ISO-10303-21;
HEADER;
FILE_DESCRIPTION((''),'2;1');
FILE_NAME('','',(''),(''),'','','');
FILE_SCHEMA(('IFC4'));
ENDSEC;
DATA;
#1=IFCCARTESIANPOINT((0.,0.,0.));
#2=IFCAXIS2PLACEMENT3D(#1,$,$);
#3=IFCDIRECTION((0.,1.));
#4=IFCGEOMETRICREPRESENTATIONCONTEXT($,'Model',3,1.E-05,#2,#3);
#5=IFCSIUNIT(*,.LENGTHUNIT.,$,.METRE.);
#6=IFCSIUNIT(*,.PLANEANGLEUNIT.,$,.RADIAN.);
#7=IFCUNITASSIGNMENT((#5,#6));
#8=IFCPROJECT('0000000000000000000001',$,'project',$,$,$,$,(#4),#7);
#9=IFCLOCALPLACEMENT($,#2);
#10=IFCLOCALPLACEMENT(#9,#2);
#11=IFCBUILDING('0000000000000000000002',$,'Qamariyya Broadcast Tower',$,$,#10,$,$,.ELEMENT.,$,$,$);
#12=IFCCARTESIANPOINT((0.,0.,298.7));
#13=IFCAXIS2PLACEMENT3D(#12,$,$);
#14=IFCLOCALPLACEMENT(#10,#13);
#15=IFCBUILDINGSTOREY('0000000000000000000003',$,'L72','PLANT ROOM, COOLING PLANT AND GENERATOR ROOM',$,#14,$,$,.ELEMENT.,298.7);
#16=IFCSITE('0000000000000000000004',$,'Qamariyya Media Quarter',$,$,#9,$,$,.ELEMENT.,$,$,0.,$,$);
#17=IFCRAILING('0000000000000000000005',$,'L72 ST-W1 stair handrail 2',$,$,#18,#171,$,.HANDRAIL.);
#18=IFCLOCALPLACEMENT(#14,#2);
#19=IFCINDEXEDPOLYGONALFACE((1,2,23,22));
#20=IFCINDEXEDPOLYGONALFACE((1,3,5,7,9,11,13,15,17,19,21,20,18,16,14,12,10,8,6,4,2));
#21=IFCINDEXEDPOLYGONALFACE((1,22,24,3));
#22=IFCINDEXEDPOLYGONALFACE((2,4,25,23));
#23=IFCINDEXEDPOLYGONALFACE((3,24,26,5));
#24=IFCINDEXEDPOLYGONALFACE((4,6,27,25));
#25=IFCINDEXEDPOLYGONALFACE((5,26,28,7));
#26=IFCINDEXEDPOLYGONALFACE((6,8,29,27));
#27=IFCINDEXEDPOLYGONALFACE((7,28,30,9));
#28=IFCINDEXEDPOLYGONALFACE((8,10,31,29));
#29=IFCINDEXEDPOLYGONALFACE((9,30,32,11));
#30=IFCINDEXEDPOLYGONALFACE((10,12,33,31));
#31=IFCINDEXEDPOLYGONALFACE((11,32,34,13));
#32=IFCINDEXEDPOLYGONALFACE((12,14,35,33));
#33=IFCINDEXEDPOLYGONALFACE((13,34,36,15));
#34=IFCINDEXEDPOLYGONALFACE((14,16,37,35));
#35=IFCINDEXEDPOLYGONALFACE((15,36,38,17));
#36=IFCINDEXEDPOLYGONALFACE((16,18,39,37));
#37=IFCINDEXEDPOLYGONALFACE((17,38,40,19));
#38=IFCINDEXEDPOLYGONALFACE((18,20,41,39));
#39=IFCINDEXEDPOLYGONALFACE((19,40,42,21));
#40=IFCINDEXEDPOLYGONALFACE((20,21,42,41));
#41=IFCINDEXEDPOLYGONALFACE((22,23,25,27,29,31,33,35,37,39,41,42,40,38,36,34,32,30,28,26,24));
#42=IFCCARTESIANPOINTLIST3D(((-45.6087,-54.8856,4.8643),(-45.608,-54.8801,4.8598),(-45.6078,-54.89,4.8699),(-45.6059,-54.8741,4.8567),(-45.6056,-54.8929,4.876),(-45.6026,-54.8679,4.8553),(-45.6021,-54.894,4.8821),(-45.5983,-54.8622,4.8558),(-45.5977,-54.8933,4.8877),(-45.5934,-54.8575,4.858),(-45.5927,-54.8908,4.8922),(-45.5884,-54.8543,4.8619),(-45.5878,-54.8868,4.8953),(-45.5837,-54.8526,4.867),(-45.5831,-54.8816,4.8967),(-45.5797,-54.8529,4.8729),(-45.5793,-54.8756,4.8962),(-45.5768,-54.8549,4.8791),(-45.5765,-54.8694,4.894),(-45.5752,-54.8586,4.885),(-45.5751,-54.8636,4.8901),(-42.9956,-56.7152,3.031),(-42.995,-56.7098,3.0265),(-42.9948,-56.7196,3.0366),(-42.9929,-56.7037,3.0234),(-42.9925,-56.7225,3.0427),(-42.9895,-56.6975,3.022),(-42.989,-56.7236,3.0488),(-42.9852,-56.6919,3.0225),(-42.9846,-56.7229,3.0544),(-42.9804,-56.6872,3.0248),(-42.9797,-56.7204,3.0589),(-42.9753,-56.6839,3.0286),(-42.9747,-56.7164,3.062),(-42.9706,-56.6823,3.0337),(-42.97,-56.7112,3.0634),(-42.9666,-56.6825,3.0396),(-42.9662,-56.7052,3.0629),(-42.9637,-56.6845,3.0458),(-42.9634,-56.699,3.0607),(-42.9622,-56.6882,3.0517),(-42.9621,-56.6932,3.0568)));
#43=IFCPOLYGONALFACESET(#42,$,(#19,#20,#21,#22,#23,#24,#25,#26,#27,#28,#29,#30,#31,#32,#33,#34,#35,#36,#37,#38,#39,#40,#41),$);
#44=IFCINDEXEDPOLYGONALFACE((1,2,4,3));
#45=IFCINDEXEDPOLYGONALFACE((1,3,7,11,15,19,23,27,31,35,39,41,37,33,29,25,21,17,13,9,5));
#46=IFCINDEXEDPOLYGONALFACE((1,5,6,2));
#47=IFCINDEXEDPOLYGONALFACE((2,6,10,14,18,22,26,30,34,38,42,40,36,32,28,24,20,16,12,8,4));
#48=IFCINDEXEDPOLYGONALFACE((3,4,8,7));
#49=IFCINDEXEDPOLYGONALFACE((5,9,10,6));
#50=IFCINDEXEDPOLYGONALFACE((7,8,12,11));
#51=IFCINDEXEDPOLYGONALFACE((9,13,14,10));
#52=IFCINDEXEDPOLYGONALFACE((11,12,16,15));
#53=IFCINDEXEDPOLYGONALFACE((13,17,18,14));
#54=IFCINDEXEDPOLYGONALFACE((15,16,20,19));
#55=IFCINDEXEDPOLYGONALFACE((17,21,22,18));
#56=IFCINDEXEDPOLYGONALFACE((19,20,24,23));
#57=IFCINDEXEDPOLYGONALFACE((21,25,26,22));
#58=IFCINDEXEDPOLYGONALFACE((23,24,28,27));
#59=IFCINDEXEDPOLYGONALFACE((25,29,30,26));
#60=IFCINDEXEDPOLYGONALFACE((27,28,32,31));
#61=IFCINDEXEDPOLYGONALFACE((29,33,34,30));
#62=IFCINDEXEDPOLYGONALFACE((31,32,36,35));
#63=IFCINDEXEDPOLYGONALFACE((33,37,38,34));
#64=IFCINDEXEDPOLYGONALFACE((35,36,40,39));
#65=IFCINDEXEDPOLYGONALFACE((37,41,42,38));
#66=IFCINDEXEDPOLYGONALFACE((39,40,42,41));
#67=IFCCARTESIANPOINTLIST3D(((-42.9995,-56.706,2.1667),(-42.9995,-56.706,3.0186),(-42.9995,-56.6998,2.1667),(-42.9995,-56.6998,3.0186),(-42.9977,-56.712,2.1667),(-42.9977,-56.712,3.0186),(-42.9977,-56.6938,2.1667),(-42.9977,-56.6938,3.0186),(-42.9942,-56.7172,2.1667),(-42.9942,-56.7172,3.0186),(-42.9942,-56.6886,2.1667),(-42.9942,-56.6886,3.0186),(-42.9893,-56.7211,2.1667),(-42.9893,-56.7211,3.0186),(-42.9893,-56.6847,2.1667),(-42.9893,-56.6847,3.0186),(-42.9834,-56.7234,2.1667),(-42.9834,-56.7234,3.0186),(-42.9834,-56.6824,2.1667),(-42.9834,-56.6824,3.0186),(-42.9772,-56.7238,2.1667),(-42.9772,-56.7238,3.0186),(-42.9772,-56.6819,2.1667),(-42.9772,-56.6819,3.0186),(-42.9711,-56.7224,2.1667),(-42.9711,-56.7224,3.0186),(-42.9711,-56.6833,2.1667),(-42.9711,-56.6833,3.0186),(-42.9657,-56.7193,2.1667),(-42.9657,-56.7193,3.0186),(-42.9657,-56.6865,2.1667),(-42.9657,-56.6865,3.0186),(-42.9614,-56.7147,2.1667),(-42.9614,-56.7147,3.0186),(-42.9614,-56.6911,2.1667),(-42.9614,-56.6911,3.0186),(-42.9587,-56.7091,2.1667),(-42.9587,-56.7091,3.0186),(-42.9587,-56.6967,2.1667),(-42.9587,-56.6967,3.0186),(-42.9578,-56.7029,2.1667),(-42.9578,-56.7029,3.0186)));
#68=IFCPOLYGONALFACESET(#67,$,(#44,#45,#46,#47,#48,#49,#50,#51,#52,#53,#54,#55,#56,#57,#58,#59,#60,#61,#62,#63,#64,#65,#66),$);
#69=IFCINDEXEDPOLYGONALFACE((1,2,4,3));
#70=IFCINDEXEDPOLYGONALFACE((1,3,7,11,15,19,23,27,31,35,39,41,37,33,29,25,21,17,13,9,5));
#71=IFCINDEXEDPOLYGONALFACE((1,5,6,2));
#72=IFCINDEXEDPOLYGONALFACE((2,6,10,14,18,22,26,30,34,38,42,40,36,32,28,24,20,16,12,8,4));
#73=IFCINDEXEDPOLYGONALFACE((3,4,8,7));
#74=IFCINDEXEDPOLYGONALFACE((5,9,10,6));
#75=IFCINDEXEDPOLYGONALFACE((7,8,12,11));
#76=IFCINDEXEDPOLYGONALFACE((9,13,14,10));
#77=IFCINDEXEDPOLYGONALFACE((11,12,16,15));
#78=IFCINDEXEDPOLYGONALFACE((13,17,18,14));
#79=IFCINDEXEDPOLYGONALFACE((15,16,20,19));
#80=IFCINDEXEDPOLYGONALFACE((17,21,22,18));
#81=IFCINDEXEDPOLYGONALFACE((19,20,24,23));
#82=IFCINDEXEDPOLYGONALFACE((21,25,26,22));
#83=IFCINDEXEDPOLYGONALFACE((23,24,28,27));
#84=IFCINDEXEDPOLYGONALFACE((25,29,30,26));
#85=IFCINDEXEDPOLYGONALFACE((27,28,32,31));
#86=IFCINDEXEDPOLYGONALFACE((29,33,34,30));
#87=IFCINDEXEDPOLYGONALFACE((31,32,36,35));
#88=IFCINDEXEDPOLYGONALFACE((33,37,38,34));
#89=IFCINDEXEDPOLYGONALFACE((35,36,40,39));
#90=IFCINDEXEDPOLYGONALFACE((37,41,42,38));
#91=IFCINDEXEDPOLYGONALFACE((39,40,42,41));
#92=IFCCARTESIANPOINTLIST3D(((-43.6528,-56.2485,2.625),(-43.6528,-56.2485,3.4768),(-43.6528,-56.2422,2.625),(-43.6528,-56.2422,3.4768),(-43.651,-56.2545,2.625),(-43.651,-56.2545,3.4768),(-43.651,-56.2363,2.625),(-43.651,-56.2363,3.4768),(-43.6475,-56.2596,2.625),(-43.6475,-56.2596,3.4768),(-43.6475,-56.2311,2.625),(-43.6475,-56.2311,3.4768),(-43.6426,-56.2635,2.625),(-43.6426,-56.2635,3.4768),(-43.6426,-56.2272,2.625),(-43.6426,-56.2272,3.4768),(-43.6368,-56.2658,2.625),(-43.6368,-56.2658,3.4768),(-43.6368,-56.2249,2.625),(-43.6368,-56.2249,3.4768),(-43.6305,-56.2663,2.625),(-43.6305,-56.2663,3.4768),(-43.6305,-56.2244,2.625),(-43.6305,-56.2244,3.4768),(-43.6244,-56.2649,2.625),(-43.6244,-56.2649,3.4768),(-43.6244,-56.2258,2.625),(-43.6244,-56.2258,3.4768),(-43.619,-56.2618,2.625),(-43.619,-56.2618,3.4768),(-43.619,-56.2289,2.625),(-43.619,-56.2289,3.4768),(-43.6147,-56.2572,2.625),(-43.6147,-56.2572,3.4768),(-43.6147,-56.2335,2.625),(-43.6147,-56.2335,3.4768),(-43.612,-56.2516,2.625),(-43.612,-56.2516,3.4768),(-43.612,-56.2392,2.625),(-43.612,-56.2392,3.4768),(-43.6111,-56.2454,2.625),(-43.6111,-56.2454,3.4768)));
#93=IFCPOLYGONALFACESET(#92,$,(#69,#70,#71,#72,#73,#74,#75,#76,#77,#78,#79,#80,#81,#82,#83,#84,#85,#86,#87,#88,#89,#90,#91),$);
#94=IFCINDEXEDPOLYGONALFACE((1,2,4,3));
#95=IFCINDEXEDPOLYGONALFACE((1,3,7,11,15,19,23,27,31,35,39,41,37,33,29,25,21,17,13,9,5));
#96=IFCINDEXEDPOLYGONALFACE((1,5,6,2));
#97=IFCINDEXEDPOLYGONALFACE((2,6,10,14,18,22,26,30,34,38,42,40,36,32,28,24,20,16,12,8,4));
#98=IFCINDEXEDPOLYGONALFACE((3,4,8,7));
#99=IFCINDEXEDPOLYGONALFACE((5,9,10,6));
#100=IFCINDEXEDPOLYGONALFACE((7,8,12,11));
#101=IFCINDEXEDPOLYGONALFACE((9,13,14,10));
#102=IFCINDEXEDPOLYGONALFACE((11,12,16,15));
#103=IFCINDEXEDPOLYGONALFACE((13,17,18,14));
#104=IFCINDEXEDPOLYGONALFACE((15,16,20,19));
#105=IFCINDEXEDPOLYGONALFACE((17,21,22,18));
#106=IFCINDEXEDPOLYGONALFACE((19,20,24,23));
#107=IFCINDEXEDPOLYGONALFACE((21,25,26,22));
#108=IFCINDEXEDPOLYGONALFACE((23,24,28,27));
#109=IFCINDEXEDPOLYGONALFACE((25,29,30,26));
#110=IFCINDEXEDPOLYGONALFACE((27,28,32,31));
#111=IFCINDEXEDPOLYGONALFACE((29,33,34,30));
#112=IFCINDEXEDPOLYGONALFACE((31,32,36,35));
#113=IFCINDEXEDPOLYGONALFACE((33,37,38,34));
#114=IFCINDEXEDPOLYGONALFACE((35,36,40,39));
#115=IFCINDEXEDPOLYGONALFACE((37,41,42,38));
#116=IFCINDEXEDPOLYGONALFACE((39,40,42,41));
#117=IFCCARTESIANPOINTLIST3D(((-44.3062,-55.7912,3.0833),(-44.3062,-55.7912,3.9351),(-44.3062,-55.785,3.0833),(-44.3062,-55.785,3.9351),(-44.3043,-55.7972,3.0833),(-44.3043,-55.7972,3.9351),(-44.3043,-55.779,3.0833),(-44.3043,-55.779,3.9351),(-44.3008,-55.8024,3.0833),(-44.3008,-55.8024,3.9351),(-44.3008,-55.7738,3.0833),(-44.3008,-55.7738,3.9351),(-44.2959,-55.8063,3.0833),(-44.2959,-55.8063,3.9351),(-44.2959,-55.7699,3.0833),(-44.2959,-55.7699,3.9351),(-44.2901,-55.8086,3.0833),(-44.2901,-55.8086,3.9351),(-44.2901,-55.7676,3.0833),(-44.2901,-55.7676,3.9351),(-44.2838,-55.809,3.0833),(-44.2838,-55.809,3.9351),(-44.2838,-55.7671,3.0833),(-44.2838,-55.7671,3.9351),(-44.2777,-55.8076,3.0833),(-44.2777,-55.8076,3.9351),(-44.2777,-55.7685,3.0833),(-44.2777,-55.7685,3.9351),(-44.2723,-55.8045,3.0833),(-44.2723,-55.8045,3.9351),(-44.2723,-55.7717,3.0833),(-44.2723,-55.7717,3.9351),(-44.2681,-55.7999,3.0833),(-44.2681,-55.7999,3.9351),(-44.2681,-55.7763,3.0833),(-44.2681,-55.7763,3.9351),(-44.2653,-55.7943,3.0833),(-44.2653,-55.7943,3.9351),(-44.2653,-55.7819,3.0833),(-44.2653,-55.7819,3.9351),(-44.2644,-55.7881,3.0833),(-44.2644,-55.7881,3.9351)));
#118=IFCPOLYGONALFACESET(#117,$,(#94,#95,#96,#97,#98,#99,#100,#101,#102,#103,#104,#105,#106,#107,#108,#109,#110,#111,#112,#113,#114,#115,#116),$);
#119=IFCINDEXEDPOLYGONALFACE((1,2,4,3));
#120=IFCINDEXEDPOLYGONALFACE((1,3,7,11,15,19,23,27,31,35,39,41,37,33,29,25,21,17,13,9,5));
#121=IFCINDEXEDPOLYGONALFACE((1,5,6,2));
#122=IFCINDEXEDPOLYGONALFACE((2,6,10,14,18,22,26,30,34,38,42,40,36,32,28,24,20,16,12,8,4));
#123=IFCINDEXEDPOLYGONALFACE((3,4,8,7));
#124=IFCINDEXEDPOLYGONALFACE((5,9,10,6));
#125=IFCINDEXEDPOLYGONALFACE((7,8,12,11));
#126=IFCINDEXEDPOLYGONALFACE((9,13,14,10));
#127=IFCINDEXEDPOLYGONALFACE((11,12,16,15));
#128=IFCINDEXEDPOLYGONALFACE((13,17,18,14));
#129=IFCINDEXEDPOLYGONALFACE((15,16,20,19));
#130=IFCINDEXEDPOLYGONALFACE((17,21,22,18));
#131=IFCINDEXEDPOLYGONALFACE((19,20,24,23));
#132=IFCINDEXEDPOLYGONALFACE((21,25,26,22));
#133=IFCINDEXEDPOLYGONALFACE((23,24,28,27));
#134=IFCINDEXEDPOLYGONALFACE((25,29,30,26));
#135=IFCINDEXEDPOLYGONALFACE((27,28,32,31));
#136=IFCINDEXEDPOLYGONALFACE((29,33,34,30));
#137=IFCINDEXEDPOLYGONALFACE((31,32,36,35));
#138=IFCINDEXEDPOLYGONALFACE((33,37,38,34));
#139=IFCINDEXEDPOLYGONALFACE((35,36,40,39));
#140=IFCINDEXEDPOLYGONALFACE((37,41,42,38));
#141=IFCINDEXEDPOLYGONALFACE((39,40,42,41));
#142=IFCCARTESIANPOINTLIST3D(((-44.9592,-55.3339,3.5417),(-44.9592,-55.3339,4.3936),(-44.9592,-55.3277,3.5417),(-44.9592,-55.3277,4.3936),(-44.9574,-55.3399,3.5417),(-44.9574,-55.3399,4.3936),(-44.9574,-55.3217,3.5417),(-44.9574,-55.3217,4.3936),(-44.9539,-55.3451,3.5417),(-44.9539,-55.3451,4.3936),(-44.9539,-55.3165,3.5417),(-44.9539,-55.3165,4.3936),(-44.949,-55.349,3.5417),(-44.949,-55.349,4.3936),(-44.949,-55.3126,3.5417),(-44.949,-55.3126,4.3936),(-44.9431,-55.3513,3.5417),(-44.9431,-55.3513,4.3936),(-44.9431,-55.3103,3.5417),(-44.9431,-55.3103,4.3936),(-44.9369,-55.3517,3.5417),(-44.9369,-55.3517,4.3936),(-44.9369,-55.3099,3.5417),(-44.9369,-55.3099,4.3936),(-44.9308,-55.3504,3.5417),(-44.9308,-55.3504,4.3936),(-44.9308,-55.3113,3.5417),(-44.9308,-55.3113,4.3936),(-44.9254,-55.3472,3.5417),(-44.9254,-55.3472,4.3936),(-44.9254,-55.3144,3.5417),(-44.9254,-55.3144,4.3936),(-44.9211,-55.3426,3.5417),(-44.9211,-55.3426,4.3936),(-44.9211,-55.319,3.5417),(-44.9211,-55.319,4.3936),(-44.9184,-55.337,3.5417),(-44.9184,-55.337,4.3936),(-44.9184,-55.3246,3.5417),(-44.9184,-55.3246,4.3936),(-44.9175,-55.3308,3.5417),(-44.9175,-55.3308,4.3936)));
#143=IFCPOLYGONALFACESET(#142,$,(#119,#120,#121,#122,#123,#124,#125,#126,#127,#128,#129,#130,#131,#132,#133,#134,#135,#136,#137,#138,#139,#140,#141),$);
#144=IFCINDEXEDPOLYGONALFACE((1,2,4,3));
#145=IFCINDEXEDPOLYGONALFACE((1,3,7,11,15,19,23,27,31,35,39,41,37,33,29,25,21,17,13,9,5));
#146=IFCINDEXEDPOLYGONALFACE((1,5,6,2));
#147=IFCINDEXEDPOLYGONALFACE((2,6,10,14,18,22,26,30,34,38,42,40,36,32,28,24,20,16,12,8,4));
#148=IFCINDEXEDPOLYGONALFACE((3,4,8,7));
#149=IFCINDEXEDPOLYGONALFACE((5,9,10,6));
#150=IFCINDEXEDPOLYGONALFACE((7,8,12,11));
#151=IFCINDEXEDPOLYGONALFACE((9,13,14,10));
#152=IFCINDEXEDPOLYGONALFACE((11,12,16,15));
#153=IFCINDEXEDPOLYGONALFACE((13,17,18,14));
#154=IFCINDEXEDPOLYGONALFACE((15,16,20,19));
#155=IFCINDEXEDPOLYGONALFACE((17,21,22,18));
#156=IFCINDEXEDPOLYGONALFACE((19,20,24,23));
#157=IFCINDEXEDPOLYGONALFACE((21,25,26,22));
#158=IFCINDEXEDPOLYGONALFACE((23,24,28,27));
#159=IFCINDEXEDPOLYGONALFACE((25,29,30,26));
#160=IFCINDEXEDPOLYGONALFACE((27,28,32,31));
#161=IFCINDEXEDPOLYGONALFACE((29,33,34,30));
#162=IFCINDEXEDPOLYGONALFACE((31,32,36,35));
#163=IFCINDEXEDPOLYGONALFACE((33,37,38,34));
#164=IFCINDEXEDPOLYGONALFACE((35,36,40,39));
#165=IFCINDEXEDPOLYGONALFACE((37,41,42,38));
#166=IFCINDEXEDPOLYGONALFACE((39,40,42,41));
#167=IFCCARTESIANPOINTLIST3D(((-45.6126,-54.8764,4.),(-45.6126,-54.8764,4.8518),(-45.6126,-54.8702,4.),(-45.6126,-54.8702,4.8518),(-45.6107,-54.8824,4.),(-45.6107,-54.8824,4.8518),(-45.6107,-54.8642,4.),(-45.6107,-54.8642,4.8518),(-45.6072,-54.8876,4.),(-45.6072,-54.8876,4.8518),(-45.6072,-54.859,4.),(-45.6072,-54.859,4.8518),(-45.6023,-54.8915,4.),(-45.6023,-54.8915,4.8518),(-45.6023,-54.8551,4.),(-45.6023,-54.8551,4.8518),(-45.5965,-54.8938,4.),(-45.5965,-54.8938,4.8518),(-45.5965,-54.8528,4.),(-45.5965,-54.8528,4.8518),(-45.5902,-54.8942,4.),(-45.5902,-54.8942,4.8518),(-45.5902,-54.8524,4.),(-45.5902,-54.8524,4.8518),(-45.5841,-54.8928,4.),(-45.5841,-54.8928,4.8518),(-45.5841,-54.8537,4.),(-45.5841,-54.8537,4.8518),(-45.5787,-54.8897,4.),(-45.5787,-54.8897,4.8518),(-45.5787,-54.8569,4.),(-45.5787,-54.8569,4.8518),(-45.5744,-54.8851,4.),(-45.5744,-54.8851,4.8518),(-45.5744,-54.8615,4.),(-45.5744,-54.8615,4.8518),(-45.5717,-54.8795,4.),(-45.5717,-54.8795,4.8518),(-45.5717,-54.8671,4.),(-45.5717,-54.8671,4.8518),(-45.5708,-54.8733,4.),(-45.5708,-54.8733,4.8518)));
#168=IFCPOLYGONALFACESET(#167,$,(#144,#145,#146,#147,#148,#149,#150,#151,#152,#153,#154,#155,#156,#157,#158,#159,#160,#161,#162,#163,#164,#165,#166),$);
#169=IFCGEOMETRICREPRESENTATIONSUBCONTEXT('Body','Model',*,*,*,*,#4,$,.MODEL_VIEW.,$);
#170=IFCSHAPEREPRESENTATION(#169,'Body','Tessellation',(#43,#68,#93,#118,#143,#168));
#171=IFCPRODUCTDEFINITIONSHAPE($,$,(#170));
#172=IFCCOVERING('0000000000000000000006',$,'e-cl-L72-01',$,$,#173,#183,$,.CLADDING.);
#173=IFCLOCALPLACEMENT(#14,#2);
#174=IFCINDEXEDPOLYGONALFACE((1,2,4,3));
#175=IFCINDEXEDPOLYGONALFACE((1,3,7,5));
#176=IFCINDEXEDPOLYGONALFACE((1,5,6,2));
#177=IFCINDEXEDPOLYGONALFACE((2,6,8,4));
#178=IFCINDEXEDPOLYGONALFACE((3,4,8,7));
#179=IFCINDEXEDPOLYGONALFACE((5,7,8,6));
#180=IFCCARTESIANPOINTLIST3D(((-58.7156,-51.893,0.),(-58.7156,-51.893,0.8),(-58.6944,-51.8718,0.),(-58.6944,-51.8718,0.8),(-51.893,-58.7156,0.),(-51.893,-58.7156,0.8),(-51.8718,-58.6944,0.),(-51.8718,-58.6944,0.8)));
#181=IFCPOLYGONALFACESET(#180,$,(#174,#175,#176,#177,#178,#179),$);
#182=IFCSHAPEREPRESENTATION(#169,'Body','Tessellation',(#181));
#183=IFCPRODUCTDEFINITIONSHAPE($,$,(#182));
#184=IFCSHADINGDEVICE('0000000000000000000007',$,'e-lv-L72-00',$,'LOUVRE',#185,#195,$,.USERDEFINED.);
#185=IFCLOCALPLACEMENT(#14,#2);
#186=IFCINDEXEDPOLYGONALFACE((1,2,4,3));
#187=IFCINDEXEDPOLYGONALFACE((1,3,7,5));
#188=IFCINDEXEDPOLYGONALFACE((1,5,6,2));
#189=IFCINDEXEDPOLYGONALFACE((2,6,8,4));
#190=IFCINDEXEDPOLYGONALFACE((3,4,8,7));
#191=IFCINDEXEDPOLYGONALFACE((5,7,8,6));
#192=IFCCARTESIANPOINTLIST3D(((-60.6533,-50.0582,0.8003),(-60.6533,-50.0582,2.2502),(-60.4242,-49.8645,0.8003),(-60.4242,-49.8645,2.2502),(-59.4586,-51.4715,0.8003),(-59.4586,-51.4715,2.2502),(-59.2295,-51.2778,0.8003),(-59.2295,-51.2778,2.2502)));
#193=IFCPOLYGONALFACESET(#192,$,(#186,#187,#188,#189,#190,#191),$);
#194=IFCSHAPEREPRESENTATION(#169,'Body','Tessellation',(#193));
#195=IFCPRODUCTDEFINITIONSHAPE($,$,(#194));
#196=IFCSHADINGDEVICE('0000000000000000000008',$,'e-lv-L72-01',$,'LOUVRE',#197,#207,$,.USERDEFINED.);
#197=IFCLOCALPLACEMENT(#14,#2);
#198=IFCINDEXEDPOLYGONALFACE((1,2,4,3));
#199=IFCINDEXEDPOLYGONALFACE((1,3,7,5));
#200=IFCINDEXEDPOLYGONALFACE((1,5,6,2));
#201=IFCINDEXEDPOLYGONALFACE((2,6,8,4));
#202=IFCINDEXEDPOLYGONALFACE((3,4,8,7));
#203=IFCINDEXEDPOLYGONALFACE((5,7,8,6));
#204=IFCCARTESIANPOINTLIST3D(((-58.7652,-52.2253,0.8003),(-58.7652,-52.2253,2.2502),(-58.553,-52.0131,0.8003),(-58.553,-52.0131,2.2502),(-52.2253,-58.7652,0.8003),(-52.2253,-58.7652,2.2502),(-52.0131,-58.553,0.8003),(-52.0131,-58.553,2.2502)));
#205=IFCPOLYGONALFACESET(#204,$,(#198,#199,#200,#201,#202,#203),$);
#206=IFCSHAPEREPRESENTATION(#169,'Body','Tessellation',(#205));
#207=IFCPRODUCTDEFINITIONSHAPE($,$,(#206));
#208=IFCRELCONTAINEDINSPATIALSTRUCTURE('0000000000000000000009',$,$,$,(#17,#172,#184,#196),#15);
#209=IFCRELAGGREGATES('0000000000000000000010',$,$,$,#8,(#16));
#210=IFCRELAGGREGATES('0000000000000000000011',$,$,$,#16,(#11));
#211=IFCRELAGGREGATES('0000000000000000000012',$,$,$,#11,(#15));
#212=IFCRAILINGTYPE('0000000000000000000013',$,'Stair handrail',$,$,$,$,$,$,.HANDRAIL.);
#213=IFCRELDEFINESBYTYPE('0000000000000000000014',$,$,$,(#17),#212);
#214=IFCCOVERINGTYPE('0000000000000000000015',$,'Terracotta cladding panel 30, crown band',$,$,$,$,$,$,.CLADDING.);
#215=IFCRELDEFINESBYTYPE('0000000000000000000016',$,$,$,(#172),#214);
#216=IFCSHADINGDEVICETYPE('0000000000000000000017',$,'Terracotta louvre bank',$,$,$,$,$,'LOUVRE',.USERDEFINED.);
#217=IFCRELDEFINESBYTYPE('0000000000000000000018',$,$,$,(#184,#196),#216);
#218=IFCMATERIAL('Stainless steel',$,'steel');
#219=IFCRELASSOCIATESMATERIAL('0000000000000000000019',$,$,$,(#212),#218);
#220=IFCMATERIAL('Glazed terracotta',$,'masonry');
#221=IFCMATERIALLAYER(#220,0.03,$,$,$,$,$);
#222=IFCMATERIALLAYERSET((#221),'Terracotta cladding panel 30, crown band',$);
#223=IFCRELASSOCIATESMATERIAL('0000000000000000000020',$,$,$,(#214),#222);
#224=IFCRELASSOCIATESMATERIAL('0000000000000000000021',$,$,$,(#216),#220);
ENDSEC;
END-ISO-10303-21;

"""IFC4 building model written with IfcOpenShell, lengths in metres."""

from ifc_helpers import new_model, si_unit, direction, frame, origin, origin_2d, place, context, subcontext, project, spatial, rectangle, circle, extrude, material, layer, layer_set, type_object, element, save


model = new_model("IFC4")

# Units and contexts
model_context = context("Model", 3, precision=1e-05, world=origin(), true_north=direction((0.0, 1.0)))
body_context = subcontext(model_context, "Body", "Model", "MODEL_VIEW")
ifc_project = project(units=[si_unit("LENGTHUNIT", "METRE"), si_unit("PLANEANGLEUNIT", "RADIAN")], contexts=[model_context])

# Site, building, storey
site_placement = place(None, origin())
site = spatial("IfcSite", under=ifc_project, at=site_placement, Name="Qamariyya Media Quarter", CompositionType="ELEMENT", RefElevation=0.0)
building_placement = place(site_placement, origin())
building = spatial("IfcBuilding", under=site, at=building_placement, Name="Qamariyya Broadcast Tower", CompositionType="ELEMENT")
storey_placement = place(building_placement, frame((0.0, 0.0, 298.7)))
storey = spatial("IfcBuildingStorey", under=building, at=storey_placement, Name="L72", Description="PLANT ROOM, COOLING PLANT AND GENERATOR ROOM", CompositionType="ELEMENT", Elevation=298.7)

# Railing
ifc_material_1 = material(Name="Stainless steel", Category="steel")
railing_type_1 = type_object("IfcRailingType", Name="Stair handrail", PredefinedType="HANDRAIL", material=ifc_material_1)
railing_1_placement = place(storey_placement, frame((-42.9788, -56.7029, 2.1667)))
element("IfcRailing", 1, at=railing_1_placement, inside=storey, type_object=railing_type_1, Name="L72 ST-W1 stair handrail 2", PredefinedType="HANDRAIL", context=body_context, shape_type="SweptSolid", body=[
    extrude(circle(Radius=0.0239, at=origin_2d()), frame((0.0, 0.0, 0.876), z_axis=(-0.710228, 0.497285, 0.498281), x_axis=(-0.57356, -0.819164, 0.0)), (0.0, 0.0, 1.0), 3.6792),
    extrude(circle(Radius=0.021, at=origin_2d()), origin(), (0.0, 0.0, 1.0), 0.8518),
    extrude(circle(Radius=0.021, at=origin_2d()), frame((-0.6533, 0.4575, 0.4583)), (0.0, 0.0, 1.0), 0.8518),
    extrude(circle(Radius=0.021, at=origin_2d()), frame((-1.3066, 0.9148, 0.9165)), (0.0, 0.0, 1.0), 0.8518),
    extrude(circle(Radius=0.021, at=origin_2d()), frame((-1.9597, 1.3721, 1.375)), (0.0, 0.0, 1.0), 0.8518),
    extrude(circle(Radius=0.021, at=origin_2d()), frame((-2.613, 1.8296, 1.8333)), (0.0, 0.0, 1.0), 0.8518),
])

# Covering
ifc_material_2 = material(Name="Glazed terracotta", Category="masonry")
ifc_layer_1 = layer(ifc_material_2, 0.03)
ifc_layer_set_1 = layer_set([ifc_layer_1], Name="Terracotta cladding panel 30, crown band")
covering_type = type_object("IfcCoveringType", Name="Terracotta cladding panel 30, crown band", PredefinedType="CLADDING", material=ifc_layer_set_1)
covering_placement = place(storey_placement, frame((-55.2937, -55.2937, 0.0), z_axis=(0.0, 0.0, 1.0), x_axis=(0.707107, -0.707107, 0.0)))
element("IfcCovering", 2, at=covering_placement, inside=storey, type_object=covering_type, Name="e-cl-L72-01", PredefinedType="CLADDING", context=body_context, shape_type="SweptSolid", body=[
    extrude(rectangle(XDim=9.6487, YDim=0.03, at=origin_2d()), origin(), (0.0, 0.0, 1.0), 0.8),
])

# Shading devices
shading_device_type = type_object("IfcShadingDeviceType", Name="Terracotta louvre bank", ElementType="LOUVRE", PredefinedType="USERDEFINED", material=ifc_material_2)
shading_device_1_placement = place(storey_placement, frame((-59.9414, -50.668, 0.8003), z_axis=(0.0, 0.0, 1.0), x_axis=(0.64556, -0.76371, 0.0)))
element("IfcShadingDevice", 3, at=shading_device_1_placement, inside=storey, type_object=shading_device_type, Name="e-lv-L72-00", ObjectType="LOUVRE", PredefinedType="USERDEFINED", context=body_context, shape_type="SweptSolid", body=[
    extrude(rectangle(XDim=1.8506, YDim=0.3, at=origin_2d()), origin(), (0.0, 0.0, 1.0), 1.45),
])
shading_device_2_placement = place(storey_placement, frame((-55.3892, -55.3892, 0.8003), z_axis=(0.0, 0.0, 1.0), x_axis=(0.707107, -0.707107, 0.0)))
element("IfcShadingDevice", 4, at=shading_device_2_placement, inside=storey, type_object=shading_device_type, Name="e-lv-L72-01", ObjectType="LOUVRE", PredefinedType="USERDEFINED", context=body_context, shape_type="SweptSolid", body=[
    extrude(rectangle(XDim=9.2488, YDim=0.3, at=origin_2d()), origin(), (0.0, 0.0, 1.0), 1.45),
])

save(model, "model.ifc")
